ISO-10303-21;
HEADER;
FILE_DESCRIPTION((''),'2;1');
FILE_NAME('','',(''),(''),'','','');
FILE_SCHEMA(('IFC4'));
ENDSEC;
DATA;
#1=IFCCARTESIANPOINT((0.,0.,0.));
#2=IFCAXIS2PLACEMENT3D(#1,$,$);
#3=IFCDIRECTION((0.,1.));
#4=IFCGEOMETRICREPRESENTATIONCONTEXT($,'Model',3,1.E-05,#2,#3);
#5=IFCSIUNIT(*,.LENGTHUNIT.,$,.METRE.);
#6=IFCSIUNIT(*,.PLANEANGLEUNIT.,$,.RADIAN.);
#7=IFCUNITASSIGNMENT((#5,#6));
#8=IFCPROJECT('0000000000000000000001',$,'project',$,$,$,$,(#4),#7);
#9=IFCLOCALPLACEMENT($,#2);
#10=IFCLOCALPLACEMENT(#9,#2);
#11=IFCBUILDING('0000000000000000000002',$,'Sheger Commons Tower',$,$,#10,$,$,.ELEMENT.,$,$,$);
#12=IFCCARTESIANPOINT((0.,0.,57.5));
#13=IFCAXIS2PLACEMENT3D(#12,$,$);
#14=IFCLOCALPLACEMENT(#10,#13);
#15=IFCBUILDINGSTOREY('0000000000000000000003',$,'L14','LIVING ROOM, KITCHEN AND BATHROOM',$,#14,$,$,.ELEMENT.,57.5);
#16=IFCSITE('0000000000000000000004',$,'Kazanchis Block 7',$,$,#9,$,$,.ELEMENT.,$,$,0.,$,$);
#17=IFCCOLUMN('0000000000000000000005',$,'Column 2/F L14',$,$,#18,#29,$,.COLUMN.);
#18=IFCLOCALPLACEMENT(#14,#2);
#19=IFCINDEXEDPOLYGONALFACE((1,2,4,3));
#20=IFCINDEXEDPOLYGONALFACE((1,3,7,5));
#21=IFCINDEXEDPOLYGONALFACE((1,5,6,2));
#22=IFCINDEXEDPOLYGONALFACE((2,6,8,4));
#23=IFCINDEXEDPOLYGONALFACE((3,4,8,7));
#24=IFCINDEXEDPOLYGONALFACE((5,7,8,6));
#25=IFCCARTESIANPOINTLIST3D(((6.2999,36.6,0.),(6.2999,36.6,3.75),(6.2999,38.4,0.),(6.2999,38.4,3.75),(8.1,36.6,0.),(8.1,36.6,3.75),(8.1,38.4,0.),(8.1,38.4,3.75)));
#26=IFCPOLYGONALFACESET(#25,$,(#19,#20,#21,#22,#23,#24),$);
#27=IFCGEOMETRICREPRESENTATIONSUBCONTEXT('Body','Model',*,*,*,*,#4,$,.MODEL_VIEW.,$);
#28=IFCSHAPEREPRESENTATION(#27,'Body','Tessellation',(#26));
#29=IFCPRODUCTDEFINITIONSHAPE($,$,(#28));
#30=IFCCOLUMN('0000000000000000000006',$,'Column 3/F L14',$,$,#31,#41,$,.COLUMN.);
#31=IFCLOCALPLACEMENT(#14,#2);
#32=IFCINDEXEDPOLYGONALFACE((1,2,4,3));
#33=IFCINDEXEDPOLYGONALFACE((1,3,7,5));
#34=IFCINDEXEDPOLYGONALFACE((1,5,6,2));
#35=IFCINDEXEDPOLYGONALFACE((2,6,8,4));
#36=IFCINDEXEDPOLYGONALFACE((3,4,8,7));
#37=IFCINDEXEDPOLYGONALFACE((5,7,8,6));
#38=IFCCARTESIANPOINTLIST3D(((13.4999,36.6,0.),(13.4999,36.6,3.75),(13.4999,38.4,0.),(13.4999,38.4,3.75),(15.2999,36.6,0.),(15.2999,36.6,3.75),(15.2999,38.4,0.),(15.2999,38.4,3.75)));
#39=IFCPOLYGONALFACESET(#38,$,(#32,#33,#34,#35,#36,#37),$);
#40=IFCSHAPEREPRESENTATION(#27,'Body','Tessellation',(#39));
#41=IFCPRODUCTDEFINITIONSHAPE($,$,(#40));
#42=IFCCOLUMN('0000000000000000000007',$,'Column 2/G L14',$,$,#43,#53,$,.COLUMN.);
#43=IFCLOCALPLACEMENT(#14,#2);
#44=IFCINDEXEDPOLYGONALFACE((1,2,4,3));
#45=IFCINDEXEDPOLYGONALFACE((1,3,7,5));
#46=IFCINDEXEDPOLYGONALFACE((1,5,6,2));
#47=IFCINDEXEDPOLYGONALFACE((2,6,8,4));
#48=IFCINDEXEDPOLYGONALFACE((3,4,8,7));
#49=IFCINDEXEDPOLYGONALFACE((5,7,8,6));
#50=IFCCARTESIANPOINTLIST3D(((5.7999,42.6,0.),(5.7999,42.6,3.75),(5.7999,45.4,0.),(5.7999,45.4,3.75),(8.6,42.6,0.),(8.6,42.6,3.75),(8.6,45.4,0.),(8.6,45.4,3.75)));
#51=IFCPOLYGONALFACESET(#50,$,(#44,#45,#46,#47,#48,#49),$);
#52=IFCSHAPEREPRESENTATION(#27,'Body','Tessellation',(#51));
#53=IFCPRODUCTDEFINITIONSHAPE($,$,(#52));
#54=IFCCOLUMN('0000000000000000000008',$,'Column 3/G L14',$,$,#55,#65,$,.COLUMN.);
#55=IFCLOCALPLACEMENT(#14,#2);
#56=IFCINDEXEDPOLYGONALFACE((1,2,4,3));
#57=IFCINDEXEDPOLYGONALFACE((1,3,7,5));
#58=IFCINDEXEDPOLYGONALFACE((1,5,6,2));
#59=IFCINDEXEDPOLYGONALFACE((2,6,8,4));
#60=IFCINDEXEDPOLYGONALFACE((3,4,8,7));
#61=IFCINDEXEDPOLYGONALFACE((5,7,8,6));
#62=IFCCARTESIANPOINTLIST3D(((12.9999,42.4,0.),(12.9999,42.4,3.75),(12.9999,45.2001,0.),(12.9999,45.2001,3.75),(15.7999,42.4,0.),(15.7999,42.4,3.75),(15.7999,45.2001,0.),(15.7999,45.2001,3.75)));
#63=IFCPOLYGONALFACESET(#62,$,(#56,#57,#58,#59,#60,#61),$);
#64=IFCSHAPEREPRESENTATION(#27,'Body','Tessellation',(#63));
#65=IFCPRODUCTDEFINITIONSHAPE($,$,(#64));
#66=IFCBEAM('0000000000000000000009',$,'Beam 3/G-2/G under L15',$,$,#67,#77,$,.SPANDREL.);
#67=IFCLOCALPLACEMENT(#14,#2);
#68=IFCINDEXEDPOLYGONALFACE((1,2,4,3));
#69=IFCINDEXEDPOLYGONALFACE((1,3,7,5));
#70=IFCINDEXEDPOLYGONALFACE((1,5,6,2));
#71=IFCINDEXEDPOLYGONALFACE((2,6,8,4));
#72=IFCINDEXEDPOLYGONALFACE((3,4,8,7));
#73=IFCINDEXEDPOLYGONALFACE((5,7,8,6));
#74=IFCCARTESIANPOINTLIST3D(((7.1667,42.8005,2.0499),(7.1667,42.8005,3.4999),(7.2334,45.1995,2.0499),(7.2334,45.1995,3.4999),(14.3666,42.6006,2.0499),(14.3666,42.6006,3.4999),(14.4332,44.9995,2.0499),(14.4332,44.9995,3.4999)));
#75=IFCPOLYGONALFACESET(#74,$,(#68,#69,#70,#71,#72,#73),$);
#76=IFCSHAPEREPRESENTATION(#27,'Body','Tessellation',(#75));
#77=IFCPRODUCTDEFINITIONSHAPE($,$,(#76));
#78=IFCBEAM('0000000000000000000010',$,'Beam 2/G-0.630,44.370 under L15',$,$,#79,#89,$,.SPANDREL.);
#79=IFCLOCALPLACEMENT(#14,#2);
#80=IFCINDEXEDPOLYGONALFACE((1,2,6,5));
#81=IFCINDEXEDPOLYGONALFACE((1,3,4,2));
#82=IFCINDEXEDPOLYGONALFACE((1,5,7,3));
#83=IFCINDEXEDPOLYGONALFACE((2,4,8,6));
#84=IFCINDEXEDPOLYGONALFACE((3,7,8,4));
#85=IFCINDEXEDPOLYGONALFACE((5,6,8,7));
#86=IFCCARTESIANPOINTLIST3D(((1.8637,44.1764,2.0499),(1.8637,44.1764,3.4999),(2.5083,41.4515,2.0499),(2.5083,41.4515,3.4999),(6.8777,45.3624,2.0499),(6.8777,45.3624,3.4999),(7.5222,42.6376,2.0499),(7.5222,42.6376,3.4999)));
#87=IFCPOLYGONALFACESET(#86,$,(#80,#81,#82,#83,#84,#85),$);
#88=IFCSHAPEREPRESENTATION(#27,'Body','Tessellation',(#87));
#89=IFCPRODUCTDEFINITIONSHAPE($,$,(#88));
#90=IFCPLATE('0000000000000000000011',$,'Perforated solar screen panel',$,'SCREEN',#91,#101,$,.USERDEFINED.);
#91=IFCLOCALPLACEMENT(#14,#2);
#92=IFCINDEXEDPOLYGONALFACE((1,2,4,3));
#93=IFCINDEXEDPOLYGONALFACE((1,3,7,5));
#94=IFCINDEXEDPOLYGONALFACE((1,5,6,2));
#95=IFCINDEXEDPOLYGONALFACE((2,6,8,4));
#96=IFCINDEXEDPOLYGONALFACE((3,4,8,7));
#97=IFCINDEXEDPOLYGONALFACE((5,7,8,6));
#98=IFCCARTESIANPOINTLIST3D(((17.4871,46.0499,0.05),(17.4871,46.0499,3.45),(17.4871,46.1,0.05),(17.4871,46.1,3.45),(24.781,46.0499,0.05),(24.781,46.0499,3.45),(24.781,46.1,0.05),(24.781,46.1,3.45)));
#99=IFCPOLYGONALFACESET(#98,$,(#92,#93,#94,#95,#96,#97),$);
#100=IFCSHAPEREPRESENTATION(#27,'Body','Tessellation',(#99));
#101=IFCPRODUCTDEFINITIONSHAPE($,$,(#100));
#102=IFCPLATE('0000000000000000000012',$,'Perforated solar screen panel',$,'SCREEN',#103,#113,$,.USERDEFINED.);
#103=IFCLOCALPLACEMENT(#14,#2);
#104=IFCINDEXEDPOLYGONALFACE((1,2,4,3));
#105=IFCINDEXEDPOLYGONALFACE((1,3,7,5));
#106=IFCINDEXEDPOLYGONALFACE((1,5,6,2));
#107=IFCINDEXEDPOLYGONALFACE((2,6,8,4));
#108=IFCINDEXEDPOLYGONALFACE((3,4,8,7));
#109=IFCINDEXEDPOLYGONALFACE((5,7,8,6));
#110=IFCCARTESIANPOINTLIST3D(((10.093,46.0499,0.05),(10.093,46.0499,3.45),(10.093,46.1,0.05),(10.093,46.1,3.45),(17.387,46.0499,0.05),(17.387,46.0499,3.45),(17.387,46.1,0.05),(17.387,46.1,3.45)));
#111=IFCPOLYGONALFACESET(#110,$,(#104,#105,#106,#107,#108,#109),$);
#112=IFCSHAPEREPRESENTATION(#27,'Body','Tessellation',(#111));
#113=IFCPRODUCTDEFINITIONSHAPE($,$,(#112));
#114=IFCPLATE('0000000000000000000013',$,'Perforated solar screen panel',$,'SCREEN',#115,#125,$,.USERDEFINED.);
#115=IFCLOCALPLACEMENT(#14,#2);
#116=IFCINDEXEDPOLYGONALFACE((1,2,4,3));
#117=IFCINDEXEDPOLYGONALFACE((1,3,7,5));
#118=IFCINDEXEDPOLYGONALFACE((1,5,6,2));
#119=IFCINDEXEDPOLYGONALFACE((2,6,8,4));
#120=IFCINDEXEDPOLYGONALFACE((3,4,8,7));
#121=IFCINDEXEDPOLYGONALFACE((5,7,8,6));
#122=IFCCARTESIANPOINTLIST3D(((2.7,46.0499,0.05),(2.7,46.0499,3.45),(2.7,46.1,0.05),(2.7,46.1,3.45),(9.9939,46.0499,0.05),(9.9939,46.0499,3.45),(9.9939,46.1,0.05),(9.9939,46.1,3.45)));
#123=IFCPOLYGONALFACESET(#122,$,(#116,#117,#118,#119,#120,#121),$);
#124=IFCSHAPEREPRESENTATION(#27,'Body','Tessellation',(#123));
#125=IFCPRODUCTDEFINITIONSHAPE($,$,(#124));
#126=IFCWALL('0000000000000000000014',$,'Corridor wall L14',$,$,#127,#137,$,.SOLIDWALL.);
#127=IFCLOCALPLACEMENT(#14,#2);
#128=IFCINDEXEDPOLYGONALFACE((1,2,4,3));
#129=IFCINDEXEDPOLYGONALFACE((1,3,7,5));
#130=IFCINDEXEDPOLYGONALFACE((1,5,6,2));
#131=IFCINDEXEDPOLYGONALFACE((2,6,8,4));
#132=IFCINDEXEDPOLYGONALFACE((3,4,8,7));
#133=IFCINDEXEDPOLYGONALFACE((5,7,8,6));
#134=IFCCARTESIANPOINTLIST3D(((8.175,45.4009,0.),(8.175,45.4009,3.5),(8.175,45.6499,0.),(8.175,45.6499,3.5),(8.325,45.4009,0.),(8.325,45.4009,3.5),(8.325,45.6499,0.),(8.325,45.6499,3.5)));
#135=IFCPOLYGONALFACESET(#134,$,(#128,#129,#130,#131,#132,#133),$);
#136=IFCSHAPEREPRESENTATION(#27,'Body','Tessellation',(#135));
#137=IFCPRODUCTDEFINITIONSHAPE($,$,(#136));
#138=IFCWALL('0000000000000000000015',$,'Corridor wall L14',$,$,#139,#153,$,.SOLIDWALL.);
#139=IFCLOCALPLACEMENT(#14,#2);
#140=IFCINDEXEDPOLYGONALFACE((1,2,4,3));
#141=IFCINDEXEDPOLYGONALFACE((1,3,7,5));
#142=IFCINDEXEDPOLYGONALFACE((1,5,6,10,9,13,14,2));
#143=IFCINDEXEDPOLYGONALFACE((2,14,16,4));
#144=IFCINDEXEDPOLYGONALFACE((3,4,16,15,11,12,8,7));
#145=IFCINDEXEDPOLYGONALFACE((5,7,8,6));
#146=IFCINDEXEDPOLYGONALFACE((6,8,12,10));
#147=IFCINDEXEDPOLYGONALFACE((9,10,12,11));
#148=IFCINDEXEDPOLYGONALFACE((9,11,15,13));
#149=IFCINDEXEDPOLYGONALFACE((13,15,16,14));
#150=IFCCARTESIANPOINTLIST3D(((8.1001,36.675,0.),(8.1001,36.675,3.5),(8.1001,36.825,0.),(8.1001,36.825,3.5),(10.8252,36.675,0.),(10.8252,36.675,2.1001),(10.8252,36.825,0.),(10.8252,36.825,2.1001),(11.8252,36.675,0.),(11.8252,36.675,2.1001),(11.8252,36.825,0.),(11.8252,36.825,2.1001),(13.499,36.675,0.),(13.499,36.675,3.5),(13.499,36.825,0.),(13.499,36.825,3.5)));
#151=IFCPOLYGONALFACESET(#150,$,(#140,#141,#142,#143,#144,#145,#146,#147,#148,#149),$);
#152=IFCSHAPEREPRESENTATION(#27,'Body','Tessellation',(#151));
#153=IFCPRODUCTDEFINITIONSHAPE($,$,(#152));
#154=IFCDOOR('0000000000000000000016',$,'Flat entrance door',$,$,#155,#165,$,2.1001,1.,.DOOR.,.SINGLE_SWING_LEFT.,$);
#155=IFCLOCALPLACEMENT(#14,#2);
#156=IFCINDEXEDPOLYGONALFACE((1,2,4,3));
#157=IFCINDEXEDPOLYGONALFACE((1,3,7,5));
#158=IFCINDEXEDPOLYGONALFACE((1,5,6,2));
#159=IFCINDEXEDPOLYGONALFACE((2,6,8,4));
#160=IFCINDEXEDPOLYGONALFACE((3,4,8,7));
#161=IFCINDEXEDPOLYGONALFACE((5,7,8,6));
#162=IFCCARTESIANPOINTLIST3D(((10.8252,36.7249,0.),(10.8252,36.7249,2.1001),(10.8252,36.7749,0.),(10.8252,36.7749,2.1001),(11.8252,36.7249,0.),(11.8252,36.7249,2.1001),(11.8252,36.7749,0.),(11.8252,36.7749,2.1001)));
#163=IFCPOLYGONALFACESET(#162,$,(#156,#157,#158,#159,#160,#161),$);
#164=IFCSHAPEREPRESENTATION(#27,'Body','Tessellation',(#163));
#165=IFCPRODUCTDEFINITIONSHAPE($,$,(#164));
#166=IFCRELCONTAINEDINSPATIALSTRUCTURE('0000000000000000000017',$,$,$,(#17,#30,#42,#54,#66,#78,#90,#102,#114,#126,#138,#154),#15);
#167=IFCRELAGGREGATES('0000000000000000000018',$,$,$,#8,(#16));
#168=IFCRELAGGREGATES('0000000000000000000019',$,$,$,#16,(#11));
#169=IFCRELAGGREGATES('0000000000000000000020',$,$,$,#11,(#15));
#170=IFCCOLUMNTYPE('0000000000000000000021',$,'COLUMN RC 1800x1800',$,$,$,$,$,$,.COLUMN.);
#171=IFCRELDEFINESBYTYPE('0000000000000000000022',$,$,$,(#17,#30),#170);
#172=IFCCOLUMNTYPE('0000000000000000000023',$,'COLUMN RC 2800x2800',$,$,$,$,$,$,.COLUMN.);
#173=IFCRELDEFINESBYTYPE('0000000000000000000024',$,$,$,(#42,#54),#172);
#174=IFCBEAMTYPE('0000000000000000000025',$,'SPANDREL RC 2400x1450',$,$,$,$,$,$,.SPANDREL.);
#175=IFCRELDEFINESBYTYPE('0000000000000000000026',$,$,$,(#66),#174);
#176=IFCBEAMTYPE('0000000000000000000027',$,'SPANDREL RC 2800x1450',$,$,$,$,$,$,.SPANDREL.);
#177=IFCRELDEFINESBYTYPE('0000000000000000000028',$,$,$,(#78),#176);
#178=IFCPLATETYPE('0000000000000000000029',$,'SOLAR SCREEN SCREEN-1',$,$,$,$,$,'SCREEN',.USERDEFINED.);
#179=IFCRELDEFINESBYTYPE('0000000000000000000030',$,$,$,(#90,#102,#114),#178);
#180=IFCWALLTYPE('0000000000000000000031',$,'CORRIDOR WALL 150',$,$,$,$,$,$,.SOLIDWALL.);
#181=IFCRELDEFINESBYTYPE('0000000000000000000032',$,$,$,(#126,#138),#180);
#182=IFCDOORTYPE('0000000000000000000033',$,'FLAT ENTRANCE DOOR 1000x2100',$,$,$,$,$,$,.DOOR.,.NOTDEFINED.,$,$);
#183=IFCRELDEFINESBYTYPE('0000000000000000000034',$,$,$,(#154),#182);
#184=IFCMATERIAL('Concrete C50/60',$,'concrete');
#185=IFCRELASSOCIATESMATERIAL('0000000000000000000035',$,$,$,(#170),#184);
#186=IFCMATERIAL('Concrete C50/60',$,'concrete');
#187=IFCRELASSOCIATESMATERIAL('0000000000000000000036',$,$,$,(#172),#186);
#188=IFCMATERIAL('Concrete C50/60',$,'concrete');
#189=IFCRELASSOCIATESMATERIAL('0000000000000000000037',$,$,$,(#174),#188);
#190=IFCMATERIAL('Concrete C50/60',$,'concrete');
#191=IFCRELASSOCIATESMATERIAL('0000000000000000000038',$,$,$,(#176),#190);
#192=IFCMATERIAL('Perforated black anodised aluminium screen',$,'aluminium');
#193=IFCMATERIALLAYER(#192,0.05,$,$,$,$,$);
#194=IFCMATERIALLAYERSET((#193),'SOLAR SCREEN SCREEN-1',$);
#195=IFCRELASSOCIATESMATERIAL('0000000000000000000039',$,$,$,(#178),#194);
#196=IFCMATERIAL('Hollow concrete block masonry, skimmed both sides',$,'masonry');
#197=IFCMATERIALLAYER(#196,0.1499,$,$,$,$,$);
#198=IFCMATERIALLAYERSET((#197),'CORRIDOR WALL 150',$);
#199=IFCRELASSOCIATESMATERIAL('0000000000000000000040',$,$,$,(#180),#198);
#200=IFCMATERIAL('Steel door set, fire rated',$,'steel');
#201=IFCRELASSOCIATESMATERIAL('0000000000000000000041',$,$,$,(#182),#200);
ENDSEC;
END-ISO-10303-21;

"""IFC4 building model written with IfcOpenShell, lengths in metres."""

from ifc_helpers import new_model, si_unit, direction, frame, frame_2d, origin, origin_2d, place, context, subcontext, project, spatial, rectangle, extrude, material, layer, layer_set, material_profile, profile_set, type_object, element, fill, save


model = new_model("IFC4")

# Units and contexts
model_context = context("Model", 3, precision=1e-05, world=origin(), true_north=direction((0.0, 1.0)))
body_context = subcontext(model_context, "Body", "Model", "MODEL_VIEW")
ifc_project = project(units=[si_unit("LENGTHUNIT", "METRE"), si_unit("PLANEANGLEUNIT", "RADIAN")], contexts=[model_context])

# Site, building, storey
site_placement = place(None, origin())
site = spatial("IfcSite", under=ifc_project, at=site_placement, Name="Kazanchis Block 7", CompositionType="ELEMENT", RefElevation=0.0)
building_placement = place(site_placement, origin())
building = spatial("IfcBuilding", under=site, at=building_placement, Name="Sheger Commons Tower", CompositionType="ELEMENT")
storey_placement = place(building_placement, frame((0.0, 0.0, 57.5)))
storey = spatial("IfcBuildingStorey", under=building, at=storey_placement, Name="L14", Description="LIVING ROOM, KITCHEN AND BATHROOM", CompositionType="ELEMENT", Elevation=57.5)

# Columns
ifc_material_1 = material(Name="Concrete C50/60", Category="concrete")
ifc_material_profile_1 = material_profile(ifc_material_1, rectangle(XDim=1.8, YDim=1.8, at=origin_2d()), Name="RC 1800x1800")
ifc_profile_set_1 = profile_set([ifc_material_profile_1], Name="Concrete C50/60")
column_type_1 = type_object("IfcColumnType", Name="COLUMN RC 1800x1800", PredefinedType="COLUMN", material=ifc_profile_set_1)
for number, where, z_axis, x_axis, name in (
    (1, (7.2, 37.5, 0.0), (0.0, 0.0, 1.0), (1.0, 0.0, 0.0), "Column 2/F L14"),
    (2, (14.3999, 37.5, 0.0), (0.0, 0.0, 1.0), (1.0, 0.0, 0.0), "Column 3/F L14"),
):
    element("IfcColumn", number, at=place(storey_placement, frame(where, z_axis=z_axis, x_axis=x_axis)), inside=storey, type_object=column_type_1, Name=name, PredefinedType="COLUMN", context=body_context, shape_type="SweptSolid", body=[
        extrude(rectangle(XDim=1.8, YDim=1.8, at=origin_2d()), origin(), (0.0, 0.0, 1.0), 3.75),
    ])
ifc_material_2 = material(Name="Concrete C50/60", Category="concrete")
ifc_material_profile_2 = material_profile(ifc_material_2, rectangle(XDim=2.8, YDim=2.8, at=origin_2d()), Name="RC 2800x2800")
ifc_profile_set_2 = profile_set([ifc_material_profile_2], Name="Concrete C50/60")
column_type_2 = type_object("IfcColumnType", Name="COLUMN RC 2800x2800", PredefinedType="COLUMN", material=ifc_profile_set_2)
for number, where, z_axis, x_axis, name in (
    (3, (7.2, 44.0, 0.0), (0.0, 0.0, 1.0), (1.0, 0.0, 0.0), "Column 2/G L14"),
    (4, (14.3999, 43.8, 0.0), (0.0, 0.0, 1.0), (1.0, 0.0, 0.0), "Column 3/G L14"),
):
    element("IfcColumn", number, at=place(storey_placement, frame(where, z_axis=z_axis, x_axis=x_axis)), inside=storey, type_object=column_type_2, Name=name, PredefinedType="COLUMN", context=body_context, shape_type="SweptSolid", body=[
        extrude(rectangle(XDim=2.8, YDim=2.8, at=origin_2d()), origin(), (0.0, 0.0, 1.0), 3.75),
    ])

# Beams
ifc_material_3 = material(Name="Concrete C50/60", Category="concrete")
ifc_material_profile_3 = material_profile(ifc_material_3, rectangle(XDim=2.3999, YDim=1.45, at=origin_2d()), Name="RC 2400x1450")
ifc_profile_set_3 = profile_set([ifc_material_profile_3], Name="Concrete C50/60")
beam_type_1 = type_object("IfcBeamType", Name="SPANDREL RC 2400x1450", PredefinedType="SPANDREL", material=ifc_profile_set_3)
beam_1_placement = place(storey_placement, frame((14.3999, 43.8, 2.7749), z_axis=(-0.999615, 0.02776, 0.0), x_axis=(-0.02776, -0.999615, 0.0)))
element("IfcBeam", 5, at=beam_1_placement, inside=storey, type_object=beam_type_1, Name="Beam 3/G-2/G under L15", PredefinedType="SPANDREL", context=body_context, shape_type="SweptSolid", body=[
    extrude(rectangle(XDim=2.3999, YDim=1.45, at=origin_2d()), origin(), (0.0, 0.0, 1.0), 7.2026),
])
ifc_material_4 = material(Name="Concrete C50/60", Category="concrete")
ifc_material_profile_4 = material_profile(ifc_material_4, rectangle(XDim=2.8, YDim=1.45, at=origin_2d()), Name="RC 2800x1450")
ifc_profile_set_4 = profile_set([ifc_material_profile_4], Name="Concrete C50/60")
beam_type_2 = type_object("IfcBeamType", Name="SPANDREL RC 2800x1450", PredefinedType="SPANDREL", material=ifc_profile_set_4)
beam_2_placement = place(storey_placement, frame((7.2, 44.0, 2.7749), z_axis=(-0.973144, -0.230196, 0.0), x_axis=(0.230196, -0.973144, 0.0)))
element("IfcBeam", 6, at=beam_2_placement, inside=storey, type_object=beam_type_2, Name="Beam 2/G-0.630,44.370 under L15", PredefinedType="SPANDREL", context=body_context, shape_type="SweptSolid", body=[
    extrude(rectangle(XDim=2.8, YDim=1.45, at=origin_2d()), origin(), (0.0, 0.0, 1.0), 5.1523),
])

# Plates
ifc_material_5 = material(Name="Perforated black anodised aluminium screen", Category="aluminium")
ifc_layer_1 = layer(ifc_material_5, 0.05)
ifc_layer_set_1 = layer_set([ifc_layer_1], Name="SOLAR SCREEN SCREEN-1")
plate_type = type_object("IfcPlateType", Name="SOLAR SCREEN SCREEN-1", ElementType="SCREEN", PredefinedType="USERDEFINED", material=ifc_layer_set_1)
for number, where, z_axis, x_axis, name in (
    (7, (21.134, 46.075, 0.05), (0.0, 0.0, 1.0), (-1.0, 0.0, 0.0), "Perforated solar screen panel"),
    (8, (13.74, 46.075, 0.05), (0.0, 0.0, 1.0), (-1.0, 0.0, 0.0), "Perforated solar screen panel"),
    (9, (6.3469, 46.075, 0.05), (0.0, 0.0, 1.0), (-1.0, 0.0, 0.0), "Perforated solar screen panel"),
):
    element("IfcPlate", number, at=place(storey_placement, frame(where, z_axis=z_axis, x_axis=x_axis)), inside=storey, type_object=plate_type, Name=name, ObjectType="SCREEN", PredefinedType="USERDEFINED", context=body_context, shape_type="SweptSolid", body=[
        extrude(rectangle(XDim=7.2939, YDim=0.05, at=origin_2d()), origin(), (0.0, 0.0, 1.0), 3.3999),
    ])

# Wall
ifc_material_6 = material(Name="Hollow concrete block masonry, skimmed both sides", Category="masonry")
ifc_layer_2 = layer(ifc_material_6, 0.1499)
ifc_layer_set_2 = layer_set([ifc_layer_2], Name="CORRIDOR WALL 150")
wall_type_1 = type_object("IfcWallType", Name="CORRIDOR WALL 150", PredefinedType="SOLIDWALL", material=ifc_layer_set_2)
wall_1_placement = place(storey_placement, frame((8.25, 45.4009, 0.0), z_axis=(0.0, 0.0, 1.0), x_axis=(0.0, 1.0, 0.0)))
element("IfcWall", 10, at=wall_1_placement, inside=storey, type_object=wall_type_1, Name="Corridor wall L14", PredefinedType="SOLIDWALL", context=body_context, shape_type="SweptSolid", body=[
    extrude(rectangle(XDim=0.249, YDim=0.1499, at=frame_2d((0.1245, 0.0))), origin(), (0.0, 0.0, 1.0), 3.5),
])

# Wall, opening, door
wall_2_placement = place(storey_placement, frame((8.1001, 36.75, 0.0), z_axis=(0.0, 0.0, 1.0), x_axis=(1.0, 0.0, 0.0)))
wall_2 = element("IfcWall", 11, at=wall_2_placement, inside=storey, type_object=wall_type_1, Name="Corridor wall L14", PredefinedType="SOLIDWALL", context=body_context, shape_type="SweptSolid", body=[
    extrude(rectangle(XDim=5.3989, YDim=0.1499, at=frame_2d((2.6995, 0.0))), origin(), (0.0, 0.0, 1.0), 3.5),
])
opening_1_placement = place(wall_2_placement, frame((2.7251, 0.0, 0.0)))
opening_1 = element("IfcOpeningElement", 12, at=opening_1_placement, cuts=wall_2, PredefinedType="OPENING", context=body_context, shape_type="SweptSolid", body=[
    extrude(rectangle(XDim=1.0, YDim=2.1001, at=frame_2d((0.5, 1.05))), frame((0.0, 0.085, 0.0), z_axis=(0.0, -1.0, 0.0), x_axis=(1.0, 0.0, 0.0)), (0.0, 0.0, 1.0), 0.1699),
])
ifc_material_7 = material(Name="Steel door set, fire rated", Category="steel")
door_type_1 = type_object("IfcDoorType", Name="FLAT ENTRANCE DOOR 1000x2100", OperationType="NOTDEFINED", PredefinedType="DOOR", material=ifc_material_7)
door_1_placement = place(opening_1_placement, origin())
door_1 = element("IfcDoor", 13, at=door_1_placement, inside=storey, type_object=door_type_1, Name="Flat entrance door", OperationType="SINGLE_SWING_LEFT", OverallHeight=2.1001, OverallWidth=1.0, PredefinedType="DOOR", context=body_context, shape_type="SweptSolid", body=[
    extrude(rectangle(XDim=1.0, YDim=2.1001, at=frame_2d((0.5, 1.05))), frame((0.0, 0.0249, 0.0), z_axis=(0.0, -1.0, 0.0), x_axis=(1.0, 0.0, 0.0)), (0.0, 0.0, 1.0), 0.05),
])
fill(opening_1, door_1)

save(model, "model.ifc")
